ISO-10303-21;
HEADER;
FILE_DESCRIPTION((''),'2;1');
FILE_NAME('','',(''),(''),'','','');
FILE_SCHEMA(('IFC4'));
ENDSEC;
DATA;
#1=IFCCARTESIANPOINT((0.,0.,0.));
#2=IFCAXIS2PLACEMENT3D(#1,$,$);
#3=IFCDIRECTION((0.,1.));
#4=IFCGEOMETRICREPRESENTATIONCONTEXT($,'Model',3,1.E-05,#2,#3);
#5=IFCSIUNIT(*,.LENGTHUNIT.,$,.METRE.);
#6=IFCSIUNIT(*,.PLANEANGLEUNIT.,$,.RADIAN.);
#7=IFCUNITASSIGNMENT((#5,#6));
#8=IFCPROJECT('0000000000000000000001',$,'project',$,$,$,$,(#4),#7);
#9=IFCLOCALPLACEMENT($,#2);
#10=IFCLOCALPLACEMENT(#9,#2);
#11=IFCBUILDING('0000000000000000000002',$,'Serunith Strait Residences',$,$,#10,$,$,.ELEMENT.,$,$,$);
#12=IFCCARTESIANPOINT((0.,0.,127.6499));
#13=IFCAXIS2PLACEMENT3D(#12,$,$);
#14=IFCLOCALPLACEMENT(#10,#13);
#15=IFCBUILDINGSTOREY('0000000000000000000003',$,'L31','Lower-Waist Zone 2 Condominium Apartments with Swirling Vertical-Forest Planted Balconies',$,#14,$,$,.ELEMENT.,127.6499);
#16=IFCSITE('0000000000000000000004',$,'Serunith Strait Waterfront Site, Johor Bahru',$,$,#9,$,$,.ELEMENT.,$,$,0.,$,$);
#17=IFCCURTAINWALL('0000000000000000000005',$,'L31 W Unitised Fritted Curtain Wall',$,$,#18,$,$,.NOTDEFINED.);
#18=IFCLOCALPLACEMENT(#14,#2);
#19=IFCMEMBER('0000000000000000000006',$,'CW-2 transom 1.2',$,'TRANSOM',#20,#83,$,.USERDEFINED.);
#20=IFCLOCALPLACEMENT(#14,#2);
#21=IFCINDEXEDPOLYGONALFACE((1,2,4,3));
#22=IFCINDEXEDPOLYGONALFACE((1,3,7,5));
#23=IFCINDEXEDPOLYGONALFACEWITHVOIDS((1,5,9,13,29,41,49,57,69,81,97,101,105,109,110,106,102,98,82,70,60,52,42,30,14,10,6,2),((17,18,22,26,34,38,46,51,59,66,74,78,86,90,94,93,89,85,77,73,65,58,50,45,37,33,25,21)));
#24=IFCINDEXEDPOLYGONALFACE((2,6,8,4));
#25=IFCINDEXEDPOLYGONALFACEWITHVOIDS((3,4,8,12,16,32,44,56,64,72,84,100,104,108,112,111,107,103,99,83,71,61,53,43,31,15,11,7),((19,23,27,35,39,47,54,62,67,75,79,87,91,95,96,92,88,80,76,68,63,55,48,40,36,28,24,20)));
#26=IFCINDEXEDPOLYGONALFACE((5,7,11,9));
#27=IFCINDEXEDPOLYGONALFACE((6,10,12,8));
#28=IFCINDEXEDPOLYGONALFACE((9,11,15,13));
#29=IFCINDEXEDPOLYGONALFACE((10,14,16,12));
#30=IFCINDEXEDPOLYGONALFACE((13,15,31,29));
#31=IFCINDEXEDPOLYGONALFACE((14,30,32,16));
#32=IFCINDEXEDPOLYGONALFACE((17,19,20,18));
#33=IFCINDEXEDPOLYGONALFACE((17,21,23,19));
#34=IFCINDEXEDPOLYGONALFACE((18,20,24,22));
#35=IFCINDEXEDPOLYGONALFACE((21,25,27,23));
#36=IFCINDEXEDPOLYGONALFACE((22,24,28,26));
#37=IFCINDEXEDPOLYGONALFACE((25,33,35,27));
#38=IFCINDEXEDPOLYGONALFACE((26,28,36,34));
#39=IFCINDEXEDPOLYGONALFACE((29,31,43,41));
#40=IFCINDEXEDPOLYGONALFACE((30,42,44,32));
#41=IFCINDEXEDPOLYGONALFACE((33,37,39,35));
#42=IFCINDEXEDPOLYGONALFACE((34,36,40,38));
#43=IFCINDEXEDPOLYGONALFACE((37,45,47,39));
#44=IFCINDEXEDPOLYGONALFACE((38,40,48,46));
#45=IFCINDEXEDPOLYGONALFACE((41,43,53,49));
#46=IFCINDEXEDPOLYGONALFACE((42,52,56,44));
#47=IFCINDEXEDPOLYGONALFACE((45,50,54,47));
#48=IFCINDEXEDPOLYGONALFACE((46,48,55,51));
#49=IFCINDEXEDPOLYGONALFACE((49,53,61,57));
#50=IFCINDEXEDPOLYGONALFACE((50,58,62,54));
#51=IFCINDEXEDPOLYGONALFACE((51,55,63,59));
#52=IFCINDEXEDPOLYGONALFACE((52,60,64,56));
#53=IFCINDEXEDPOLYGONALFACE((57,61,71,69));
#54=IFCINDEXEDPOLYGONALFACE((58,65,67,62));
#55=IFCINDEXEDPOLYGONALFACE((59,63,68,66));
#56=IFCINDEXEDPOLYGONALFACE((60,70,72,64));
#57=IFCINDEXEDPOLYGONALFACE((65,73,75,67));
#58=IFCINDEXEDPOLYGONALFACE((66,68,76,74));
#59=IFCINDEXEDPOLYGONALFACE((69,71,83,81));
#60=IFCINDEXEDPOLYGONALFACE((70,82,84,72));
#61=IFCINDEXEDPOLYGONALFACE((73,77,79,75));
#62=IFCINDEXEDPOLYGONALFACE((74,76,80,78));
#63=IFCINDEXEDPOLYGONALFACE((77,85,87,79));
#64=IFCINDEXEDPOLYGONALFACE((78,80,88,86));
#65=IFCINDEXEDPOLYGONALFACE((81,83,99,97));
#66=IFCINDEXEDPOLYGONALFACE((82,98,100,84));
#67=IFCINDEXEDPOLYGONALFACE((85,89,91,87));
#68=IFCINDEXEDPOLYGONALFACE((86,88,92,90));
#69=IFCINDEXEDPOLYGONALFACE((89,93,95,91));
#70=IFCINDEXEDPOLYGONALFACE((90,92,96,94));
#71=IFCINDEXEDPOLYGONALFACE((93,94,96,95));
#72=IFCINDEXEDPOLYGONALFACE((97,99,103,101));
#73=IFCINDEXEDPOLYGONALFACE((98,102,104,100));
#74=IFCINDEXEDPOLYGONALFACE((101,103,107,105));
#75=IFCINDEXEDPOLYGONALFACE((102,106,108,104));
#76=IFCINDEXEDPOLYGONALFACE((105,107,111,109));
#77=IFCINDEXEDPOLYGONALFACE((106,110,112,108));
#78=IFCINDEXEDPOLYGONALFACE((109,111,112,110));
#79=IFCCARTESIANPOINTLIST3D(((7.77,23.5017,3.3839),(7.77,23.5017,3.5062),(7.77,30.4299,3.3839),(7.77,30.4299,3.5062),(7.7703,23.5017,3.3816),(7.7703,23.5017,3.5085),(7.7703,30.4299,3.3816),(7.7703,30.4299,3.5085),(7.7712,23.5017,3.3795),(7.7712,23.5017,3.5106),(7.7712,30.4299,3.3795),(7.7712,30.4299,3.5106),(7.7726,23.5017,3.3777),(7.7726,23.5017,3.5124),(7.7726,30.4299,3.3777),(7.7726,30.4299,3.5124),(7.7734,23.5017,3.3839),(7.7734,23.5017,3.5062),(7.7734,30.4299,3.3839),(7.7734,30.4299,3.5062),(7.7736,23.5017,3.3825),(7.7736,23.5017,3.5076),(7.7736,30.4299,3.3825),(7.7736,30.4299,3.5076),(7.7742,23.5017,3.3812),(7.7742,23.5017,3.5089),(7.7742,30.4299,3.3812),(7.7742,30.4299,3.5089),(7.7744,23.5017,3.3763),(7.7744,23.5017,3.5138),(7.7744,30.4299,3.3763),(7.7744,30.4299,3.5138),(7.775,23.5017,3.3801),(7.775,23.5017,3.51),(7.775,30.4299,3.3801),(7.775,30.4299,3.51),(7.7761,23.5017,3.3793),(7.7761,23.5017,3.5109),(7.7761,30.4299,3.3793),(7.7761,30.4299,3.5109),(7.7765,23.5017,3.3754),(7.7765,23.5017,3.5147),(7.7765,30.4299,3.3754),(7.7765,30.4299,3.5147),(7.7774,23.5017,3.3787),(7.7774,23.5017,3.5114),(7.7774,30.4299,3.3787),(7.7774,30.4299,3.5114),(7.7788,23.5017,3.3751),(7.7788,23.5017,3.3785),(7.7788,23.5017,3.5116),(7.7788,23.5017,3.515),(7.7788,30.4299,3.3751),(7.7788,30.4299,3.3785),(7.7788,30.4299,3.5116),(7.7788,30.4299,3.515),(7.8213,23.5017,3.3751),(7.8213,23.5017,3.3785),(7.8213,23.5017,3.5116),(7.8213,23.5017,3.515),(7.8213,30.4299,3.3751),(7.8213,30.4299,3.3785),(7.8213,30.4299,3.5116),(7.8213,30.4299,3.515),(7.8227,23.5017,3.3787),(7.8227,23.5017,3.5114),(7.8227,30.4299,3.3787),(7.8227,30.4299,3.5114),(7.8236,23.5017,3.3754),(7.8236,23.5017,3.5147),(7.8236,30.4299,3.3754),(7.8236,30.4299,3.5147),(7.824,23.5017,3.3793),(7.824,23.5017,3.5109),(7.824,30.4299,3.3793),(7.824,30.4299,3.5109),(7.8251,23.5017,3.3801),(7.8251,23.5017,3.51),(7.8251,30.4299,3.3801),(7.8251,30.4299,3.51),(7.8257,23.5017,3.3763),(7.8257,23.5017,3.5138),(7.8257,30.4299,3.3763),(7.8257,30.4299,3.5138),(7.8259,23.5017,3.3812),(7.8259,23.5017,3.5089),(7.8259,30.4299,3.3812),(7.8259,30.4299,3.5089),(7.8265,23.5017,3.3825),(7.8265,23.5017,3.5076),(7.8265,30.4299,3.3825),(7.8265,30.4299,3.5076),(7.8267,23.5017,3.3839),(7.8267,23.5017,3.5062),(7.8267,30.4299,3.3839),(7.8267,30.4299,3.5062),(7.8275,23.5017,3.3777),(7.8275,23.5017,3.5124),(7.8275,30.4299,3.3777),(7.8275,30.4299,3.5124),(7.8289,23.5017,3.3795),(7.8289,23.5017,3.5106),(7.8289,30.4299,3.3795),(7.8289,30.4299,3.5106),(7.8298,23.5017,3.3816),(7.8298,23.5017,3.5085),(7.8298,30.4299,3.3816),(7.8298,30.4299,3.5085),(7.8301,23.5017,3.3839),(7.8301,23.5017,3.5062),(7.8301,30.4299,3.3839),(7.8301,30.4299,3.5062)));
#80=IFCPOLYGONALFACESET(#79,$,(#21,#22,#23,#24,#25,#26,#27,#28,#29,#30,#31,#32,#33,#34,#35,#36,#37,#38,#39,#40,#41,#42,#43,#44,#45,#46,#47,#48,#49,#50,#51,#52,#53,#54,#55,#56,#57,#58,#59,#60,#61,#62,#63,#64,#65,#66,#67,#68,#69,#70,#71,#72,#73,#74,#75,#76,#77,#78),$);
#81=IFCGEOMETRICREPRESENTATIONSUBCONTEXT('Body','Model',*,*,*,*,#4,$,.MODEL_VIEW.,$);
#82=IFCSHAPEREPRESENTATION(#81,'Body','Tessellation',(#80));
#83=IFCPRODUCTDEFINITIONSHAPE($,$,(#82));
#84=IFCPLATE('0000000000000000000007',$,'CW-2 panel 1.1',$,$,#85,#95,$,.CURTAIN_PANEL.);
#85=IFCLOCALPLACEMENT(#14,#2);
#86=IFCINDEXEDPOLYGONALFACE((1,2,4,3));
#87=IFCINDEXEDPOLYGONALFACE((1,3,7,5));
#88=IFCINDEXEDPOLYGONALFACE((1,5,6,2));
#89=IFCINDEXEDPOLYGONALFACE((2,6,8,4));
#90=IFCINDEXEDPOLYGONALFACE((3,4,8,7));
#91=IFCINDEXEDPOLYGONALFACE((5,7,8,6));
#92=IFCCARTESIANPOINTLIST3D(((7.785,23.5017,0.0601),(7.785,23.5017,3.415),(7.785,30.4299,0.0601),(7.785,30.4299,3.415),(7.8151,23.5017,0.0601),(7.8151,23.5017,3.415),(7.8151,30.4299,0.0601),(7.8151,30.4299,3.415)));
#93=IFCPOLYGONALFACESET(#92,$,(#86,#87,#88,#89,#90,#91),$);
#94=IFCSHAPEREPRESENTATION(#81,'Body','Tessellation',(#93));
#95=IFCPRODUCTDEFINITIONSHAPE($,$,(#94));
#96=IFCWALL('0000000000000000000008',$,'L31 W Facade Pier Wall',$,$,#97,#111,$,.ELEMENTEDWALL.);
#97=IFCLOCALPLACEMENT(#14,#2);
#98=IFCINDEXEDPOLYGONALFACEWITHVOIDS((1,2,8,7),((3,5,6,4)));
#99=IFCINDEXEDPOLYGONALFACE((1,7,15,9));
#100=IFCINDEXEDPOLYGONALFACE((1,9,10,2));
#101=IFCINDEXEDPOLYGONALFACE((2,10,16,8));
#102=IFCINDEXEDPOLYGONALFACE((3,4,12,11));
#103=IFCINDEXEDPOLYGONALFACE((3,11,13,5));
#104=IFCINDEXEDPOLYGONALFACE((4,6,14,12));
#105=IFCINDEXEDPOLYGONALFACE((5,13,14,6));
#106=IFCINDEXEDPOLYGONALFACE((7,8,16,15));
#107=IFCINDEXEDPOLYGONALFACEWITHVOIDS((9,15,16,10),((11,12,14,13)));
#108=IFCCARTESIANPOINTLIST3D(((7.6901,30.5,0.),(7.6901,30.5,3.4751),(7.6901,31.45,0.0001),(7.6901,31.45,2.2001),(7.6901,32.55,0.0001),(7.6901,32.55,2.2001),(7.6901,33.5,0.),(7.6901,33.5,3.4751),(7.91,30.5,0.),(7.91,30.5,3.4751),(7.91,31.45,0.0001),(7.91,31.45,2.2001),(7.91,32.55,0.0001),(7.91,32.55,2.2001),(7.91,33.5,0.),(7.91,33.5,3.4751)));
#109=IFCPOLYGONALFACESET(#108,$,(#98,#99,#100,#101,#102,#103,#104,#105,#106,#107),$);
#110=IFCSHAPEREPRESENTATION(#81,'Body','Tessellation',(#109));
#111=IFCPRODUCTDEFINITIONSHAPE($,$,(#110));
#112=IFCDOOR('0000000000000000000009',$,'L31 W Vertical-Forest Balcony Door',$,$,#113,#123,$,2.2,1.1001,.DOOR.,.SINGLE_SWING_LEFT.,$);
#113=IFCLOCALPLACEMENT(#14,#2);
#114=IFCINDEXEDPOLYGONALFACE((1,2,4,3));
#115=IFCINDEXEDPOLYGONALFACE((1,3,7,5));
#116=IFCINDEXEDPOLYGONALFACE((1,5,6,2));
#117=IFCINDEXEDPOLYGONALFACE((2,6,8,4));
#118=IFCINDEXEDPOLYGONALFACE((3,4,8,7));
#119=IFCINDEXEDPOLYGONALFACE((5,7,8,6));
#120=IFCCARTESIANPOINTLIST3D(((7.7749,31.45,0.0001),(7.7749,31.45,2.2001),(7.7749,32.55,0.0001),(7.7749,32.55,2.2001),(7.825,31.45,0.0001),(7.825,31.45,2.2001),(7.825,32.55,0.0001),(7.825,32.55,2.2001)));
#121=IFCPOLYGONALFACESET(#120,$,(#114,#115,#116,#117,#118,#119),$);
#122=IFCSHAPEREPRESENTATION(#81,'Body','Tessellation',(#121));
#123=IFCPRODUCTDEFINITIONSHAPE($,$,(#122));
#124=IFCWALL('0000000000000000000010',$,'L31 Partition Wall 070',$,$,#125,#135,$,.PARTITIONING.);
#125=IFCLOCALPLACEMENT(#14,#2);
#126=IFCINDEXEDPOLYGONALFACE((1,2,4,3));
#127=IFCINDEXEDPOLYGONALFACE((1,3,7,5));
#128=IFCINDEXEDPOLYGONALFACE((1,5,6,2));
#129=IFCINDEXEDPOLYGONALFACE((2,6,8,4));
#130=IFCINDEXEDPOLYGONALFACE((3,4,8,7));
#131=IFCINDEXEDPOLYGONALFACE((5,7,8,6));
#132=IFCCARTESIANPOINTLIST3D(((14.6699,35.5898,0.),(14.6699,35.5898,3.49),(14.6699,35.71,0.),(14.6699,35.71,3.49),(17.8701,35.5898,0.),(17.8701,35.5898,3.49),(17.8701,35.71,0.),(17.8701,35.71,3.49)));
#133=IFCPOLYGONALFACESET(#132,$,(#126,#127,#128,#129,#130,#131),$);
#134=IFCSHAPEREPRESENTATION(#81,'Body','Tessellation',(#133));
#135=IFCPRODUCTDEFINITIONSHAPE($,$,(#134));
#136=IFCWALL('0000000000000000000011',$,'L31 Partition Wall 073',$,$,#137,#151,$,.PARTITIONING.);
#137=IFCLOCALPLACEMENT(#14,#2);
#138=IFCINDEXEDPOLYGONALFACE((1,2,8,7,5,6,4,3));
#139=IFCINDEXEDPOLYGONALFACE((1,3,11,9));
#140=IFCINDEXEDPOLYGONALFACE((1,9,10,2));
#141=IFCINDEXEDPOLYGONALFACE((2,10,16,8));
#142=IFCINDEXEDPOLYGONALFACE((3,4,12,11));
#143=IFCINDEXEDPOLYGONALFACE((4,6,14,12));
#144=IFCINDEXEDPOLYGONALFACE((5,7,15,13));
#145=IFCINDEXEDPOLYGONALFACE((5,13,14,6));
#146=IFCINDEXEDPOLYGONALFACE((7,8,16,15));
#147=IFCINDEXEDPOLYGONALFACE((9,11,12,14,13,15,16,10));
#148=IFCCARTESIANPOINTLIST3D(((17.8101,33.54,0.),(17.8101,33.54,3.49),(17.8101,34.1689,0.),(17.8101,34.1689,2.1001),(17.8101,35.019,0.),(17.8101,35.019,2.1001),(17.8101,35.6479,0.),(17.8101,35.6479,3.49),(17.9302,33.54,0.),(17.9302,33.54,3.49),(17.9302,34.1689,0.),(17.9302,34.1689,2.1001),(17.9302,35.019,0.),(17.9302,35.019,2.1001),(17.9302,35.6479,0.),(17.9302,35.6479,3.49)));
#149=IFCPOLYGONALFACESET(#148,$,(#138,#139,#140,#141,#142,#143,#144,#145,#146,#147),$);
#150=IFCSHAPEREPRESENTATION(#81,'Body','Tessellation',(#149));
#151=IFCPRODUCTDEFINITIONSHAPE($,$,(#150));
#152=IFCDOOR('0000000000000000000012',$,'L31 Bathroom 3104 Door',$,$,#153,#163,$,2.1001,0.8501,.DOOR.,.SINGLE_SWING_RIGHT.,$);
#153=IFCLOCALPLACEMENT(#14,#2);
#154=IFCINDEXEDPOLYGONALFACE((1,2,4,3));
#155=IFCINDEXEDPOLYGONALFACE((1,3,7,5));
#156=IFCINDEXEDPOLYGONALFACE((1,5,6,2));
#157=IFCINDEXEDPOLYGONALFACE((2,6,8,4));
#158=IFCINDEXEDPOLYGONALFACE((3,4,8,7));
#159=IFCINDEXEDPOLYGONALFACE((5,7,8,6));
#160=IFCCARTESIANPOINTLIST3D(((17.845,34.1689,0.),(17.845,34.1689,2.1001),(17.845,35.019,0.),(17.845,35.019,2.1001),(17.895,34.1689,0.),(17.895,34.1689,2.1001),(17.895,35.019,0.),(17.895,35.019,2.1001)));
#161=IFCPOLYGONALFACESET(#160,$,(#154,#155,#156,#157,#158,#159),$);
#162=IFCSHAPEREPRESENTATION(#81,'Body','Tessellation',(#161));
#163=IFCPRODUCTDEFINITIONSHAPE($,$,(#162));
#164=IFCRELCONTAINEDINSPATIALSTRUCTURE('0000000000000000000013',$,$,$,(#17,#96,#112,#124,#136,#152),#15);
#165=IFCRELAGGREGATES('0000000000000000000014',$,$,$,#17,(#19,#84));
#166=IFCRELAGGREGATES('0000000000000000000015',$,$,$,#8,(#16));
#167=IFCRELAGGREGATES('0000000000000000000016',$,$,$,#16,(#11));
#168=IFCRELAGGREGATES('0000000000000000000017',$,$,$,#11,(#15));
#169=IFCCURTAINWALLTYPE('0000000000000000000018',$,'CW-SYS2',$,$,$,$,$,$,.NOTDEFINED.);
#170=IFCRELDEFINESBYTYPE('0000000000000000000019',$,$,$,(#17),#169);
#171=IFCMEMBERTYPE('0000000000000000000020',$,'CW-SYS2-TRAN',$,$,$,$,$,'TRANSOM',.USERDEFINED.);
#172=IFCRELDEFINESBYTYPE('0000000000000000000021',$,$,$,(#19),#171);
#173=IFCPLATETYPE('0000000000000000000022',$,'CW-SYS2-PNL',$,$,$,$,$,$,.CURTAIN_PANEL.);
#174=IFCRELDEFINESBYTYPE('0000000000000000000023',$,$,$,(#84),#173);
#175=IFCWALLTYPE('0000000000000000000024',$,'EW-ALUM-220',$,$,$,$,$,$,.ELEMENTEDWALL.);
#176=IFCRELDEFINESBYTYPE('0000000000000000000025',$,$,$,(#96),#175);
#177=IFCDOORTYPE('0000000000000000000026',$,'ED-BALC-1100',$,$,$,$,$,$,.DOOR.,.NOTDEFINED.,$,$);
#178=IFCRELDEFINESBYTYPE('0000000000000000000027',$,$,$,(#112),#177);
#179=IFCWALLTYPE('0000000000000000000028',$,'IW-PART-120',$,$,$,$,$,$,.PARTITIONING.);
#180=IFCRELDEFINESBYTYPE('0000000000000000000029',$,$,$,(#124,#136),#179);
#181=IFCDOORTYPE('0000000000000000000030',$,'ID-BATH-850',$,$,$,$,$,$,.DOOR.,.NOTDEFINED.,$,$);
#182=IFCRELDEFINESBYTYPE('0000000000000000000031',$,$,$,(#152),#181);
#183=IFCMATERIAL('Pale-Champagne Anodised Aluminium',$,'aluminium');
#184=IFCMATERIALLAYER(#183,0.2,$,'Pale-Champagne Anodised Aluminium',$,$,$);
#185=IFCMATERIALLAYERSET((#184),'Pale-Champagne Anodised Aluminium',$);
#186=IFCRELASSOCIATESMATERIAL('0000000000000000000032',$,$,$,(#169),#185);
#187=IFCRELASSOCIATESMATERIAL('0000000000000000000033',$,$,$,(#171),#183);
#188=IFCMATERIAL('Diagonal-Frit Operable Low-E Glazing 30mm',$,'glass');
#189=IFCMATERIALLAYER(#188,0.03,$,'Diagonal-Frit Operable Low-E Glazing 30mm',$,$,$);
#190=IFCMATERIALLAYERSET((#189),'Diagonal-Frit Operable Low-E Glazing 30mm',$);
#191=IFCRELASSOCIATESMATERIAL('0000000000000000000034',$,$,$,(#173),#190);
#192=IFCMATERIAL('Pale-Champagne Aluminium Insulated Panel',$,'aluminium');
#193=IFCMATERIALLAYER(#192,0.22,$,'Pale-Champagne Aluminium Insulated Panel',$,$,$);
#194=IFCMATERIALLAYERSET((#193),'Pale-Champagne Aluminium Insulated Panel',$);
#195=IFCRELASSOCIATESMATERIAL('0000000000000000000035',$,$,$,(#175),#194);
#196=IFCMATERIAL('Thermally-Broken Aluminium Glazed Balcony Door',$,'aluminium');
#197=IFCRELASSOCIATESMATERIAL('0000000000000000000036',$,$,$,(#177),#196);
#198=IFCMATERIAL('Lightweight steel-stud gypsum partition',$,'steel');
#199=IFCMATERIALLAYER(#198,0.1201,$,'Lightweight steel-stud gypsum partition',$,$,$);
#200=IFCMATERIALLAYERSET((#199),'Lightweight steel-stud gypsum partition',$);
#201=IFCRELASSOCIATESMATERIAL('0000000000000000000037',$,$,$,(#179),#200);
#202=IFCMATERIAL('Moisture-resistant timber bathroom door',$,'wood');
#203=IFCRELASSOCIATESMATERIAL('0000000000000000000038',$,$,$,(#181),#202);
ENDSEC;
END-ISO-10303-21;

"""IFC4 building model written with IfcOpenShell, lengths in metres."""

from ifc_helpers import new_model, si_unit, direction, frame, frame_2d, origin, origin_2d, place, context, subcontext, project, spatial, rectangle, hollow_rectangle, extrude, source, transform, mapped, material, layer, layer_set, material_profile, profile_set, type_object, element, fill, aggregate, save


model = new_model("IFC4")

# Units and contexts
model_context = context("Model", 3, precision=1e-05, world=origin(), true_north=direction((0.0, 1.0)))
body_context = subcontext(model_context, "Body", "Model", "MODEL_VIEW")
ifc_project = project(units=[si_unit("LENGTHUNIT", "METRE"), si_unit("PLANEANGLEUNIT", "RADIAN")], contexts=[model_context])

# Site, building, storey
site_placement = place(None, origin())
site = spatial("IfcSite", under=ifc_project, at=site_placement, Name="Serunith Strait Waterfront Site, Johor Bahru", CompositionType="ELEMENT", RefElevation=0.0)
building_placement = place(site_placement, origin())
building = spatial("IfcBuilding", under=site, at=building_placement, Name="Serunith Strait Residences", CompositionType="ELEMENT")
storey_placement = place(building_placement, frame((0.0, 0.0, 127.6499)))
storey = spatial("IfcBuildingStorey", under=building, at=storey_placement, Name="L31", Description="Lower-Waist Zone 2 Condominium Apartments with Swirling Vertical-Forest Planted Balconies", CompositionType="ELEMENT", Elevation=127.6499)

# Shared definitions
ifc_material_1 = material(Name="Pale-Champagne Anodised Aluminium", Category="aluminium")
ifc_layer_1 = layer(ifc_material_1, 0.2, Name="Pale-Champagne Anodised Aluminium")
ifc_layer_set_1 = layer_set([ifc_layer_1], Name="Pale-Champagne Anodised Aluminium")
curtain_wall_type = type_object("IfcCurtainWallType", Name="CW-SYS2", PredefinedType="NOTDEFINED", material=ifc_layer_set_1)

# Curtain wall, member, plate
curtain_wall_1_placement = place(storey_placement, origin())
curtain_wall_1 = element("IfcCurtainWall", 1, at=curtain_wall_1_placement, inside=storey, type_object=curtain_wall_type, Name="L31 W Unitised Fritted Curtain Wall", PredefinedType="NOTDEFINED")
ifc_material_profile_1 = material_profile(ifc_material_1, hollow_rectangle(XDim=0.0601, YDim=0.1399, WallThickness=0.0034, InnerFilletRadius=0.0054, OuterFilletRadius=0.0088, at=origin_2d()), Name="ALU 140x60x3.5")
ifc_profile_set_1 = profile_set([ifc_material_profile_1], Name="Pale-Champagne Anodised Aluminium")
member_type_1 = type_object("IfcMemberType", Name="CW-SYS2-TRAN", ElementType="TRANSOM", PredefinedType="USERDEFINED", material=ifc_profile_set_1)
shared_shape_1 = source(origin(), body_context, "Body", "SweptSolid", [
    extrude(hollow_rectangle(XDim=0.0601, YDim=0.1399, WallThickness=0.0034, InnerFilletRadius=0.0054, OuterFilletRadius=0.0088, at=origin_2d()), origin(), (0.0, 0.0, 1.0), 6.9282),
])
member_1_placement = place(storey_placement, frame((7.8, 30.4299, 3.4451), z_axis=(0.0, -1.0, 0.0), x_axis=(1.0, 0.0, 0.0)))
member_1 = element("IfcMember", 2, at=member_1_placement, type_object=member_type_1, Name="CW-2 transom 1.2", ObjectType="TRANSOM", PredefinedType="USERDEFINED", context=body_context, shape_type="MappedRepresentation", body=[
    mapped(shared_shape_1, transform((0.0, 0.0, 0.0), scale=1.0)),
])
ifc_material_2 = material(Name="Diagonal-Frit Operable Low-E Glazing 30mm", Category="glass")
ifc_layer_2 = layer(ifc_material_2, 0.03, Name="Diagonal-Frit Operable Low-E Glazing 30mm")
ifc_layer_set_2 = layer_set([ifc_layer_2], Name="Diagonal-Frit Operable Low-E Glazing 30mm")
plate_type = type_object("IfcPlateType", Name="CW-SYS2-PNL", PredefinedType="CURTAIN_PANEL", material=ifc_layer_set_2)
shared_shape_2 = source(origin(), body_context, "Body", "SweptSolid", [
    extrude(rectangle(XDim=6.9282, YDim=0.03, at=origin_2d()), origin(), (0.0, 0.0, 1.0), 3.355),
])
plate_placement = place(storey_placement, frame((7.8, 26.9658, 0.0601), z_axis=(0.0, 0.0, 1.0), x_axis=(0.0, -1.0, 0.0)))
plate = element("IfcPlate", 3, at=plate_placement, type_object=plate_type, Name="CW-2 panel 1.1", PredefinedType="CURTAIN_PANEL", context=body_context, shape_type="MappedRepresentation", body=[
    mapped(shared_shape_2, transform((0.0, 0.0, 0.0), scale=1.0)),
])
aggregate(curtain_wall_1, [member_1, plate])

# Wall, opening, door
ifc_material_3 = material(Name="Pale-Champagne Aluminium Insulated Panel", Category="aluminium")
ifc_layer_3 = layer(ifc_material_3, 0.22, Name="Pale-Champagne Aluminium Insulated Panel")
ifc_layer_set_3 = layer_set([ifc_layer_3], Name="Pale-Champagne Aluminium Insulated Panel")
wall_type_1 = type_object("IfcWallType", Name="EW-ALUM-220", PredefinedType="ELEMENTEDWALL", material=ifc_layer_set_3)
wall_1_placement = place(storey_placement, frame((7.8, 33.5, 0.0), z_axis=(0.0, 0.0, 1.0), x_axis=(0.0, -1.0, 0.0)))
wall_1 = element("IfcWall", 4, at=wall_1_placement, inside=storey, type_object=wall_type_1, Name="L31 W Facade Pier Wall", PredefinedType="ELEMENTEDWALL", context=body_context, shape_type="SweptSolid", body=[
    extrude(rectangle(XDim=3.0, YDim=0.22, at=frame_2d((1.5, 0.0))), origin(), (0.0, 0.0, 1.0), 3.4751),
])
opening_1_placement = place(wall_1_placement, frame((0.95, 0.0, 0.0)))
opening_1 = element("IfcOpeningElement", 5, at=opening_1_placement, cuts=wall_1, PredefinedType="OPENING", context=body_context, shape_type="SweptSolid", body=[
    extrude(rectangle(XDim=1.1001, YDim=2.2, at=frame_2d((0.55, 1.1001))), frame((0.0, 0.1201, 0.0), z_axis=(0.0, -1.0, 0.0), x_axis=(1.0, 0.0, 0.0)), (0.0, 0.0, 1.0), 0.24),
])
ifc_material_4 = material(Name="Thermally-Broken Aluminium Glazed Balcony Door", Category="aluminium")
door_type_1 = type_object("IfcDoorType", Name="ED-BALC-1100", OperationType="NOTDEFINED", PredefinedType="DOOR", material=ifc_material_4)
shared_shape_3 = source(origin(), body_context, "Body", "SweptSolid", [
    extrude(rectangle(XDim=1.1001, YDim=2.2, at=frame_2d((0.55, 1.1001))), frame((0.0, 0.0249, 0.0), z_axis=(0.0, -1.0, 0.0), x_axis=(1.0, 0.0, 0.0)), (0.0, 0.0, 1.0), 0.05),
])
door_1_placement = place(opening_1_placement, origin())
door_1 = element("IfcDoor", 6, at=door_1_placement, inside=storey, type_object=door_type_1, Name="L31 W Vertical-Forest Balcony Door", OperationType="SINGLE_SWING_LEFT", OverallHeight=2.2, OverallWidth=1.1001, PredefinedType="DOOR", context=body_context, shape_type="MappedRepresentation", body=[
    mapped(shared_shape_3, transform((0.0, 0.0, 0.0), scale=1.0)),
])
fill(opening_1, door_1)

# Wall
ifc_material_5 = material(Name="Lightweight steel-stud gypsum partition", Category="steel")
ifc_layer_4 = layer(ifc_material_5, 0.1201, Name="Lightweight steel-stud gypsum partition")
ifc_layer_set_4 = layer_set([ifc_layer_4], Name="Lightweight steel-stud gypsum partition")
wall_type_2 = type_object("IfcWallType", Name="IW-PART-120", PredefinedType="PARTITIONING", material=ifc_layer_set_4)
wall_2_placement = place(storey_placement, frame((14.6699, 35.6499, 0.0), z_axis=(0.0, 0.0, 1.0), x_axis=(1.0, 0.0, 0.0)))
element("IfcWall", 7, at=wall_2_placement, inside=storey, type_object=wall_type_2, Name="L31 Partition Wall 070", PredefinedType="PARTITIONING", context=body_context, shape_type="SweptSolid", body=[
    extrude(rectangle(XDim=3.2002, YDim=0.1201, at=frame_2d((1.6001, 0.0))), origin(), (0.0, 0.0, 1.0), 3.49),
])

# Wall, opening, door
wall_3_placement = place(storey_placement, frame((17.8701, 35.6479, 0.0), z_axis=(0.0, 0.0, 1.0), x_axis=(0.0, -1.0, 0.0)))
wall_3 = element("IfcWall", 8, at=wall_3_placement, inside=storey, type_object=wall_type_2, Name="L31 Partition Wall 073", PredefinedType="PARTITIONING", context=body_context, shape_type="SweptSolid", body=[
    extrude(rectangle(XDim=2.1079, YDim=0.1201, at=frame_2d((1.054, 0.0))), origin(), (0.0, 0.0, 1.0), 3.49),
])
opening_2_placement = place(wall_3_placement, frame((0.6289, 0.0, 0.0)))
opening_2 = element("IfcOpeningElement", 9, at=opening_2_placement, cuts=wall_3, PredefinedType="OPENING", context=body_context, shape_type="SweptSolid", body=[
    extrude(rectangle(XDim=0.8501, YDim=2.1001, at=frame_2d((0.425, 1.05))), frame((0.0, 0.0701, 0.0), z_axis=(0.0, -1.0, 0.0), x_axis=(1.0, 0.0, 0.0)), (0.0, 0.0, 1.0), 0.1401),
])
ifc_material_6 = material(Name="Moisture-resistant timber bathroom door", Category="wood")
door_type_2 = type_object("IfcDoorType", Name="ID-BATH-850", OperationType="NOTDEFINED", PredefinedType="DOOR", material=ifc_material_6)
shared_shape_4 = source(origin(), body_context, "Body", "SweptSolid", [
    extrude(rectangle(XDim=0.8501, YDim=2.1001, at=frame_2d((0.425, 1.05))), frame((0.0, 0.0249, 0.0), z_axis=(0.0, -1.0, 0.0), x_axis=(1.0, 0.0, 0.0)), (0.0, 0.0, 1.0), 0.05),
])
door_2_placement = place(opening_2_placement, origin())
door_2 = element("IfcDoor", 10, at=door_2_placement, inside=storey, type_object=door_type_2, Name="L31 Bathroom 3104 Door", OperationType="SINGLE_SWING_RIGHT", OverallHeight=2.1001, OverallWidth=0.8501, PredefinedType="DOOR", context=body_context, shape_type="MappedRepresentation", body=[
    mapped(shared_shape_4, transform((0.0, 0.0, 0.0), scale=1.0)),
])
fill(opening_2, door_2)

save(model, "model.ifc")
